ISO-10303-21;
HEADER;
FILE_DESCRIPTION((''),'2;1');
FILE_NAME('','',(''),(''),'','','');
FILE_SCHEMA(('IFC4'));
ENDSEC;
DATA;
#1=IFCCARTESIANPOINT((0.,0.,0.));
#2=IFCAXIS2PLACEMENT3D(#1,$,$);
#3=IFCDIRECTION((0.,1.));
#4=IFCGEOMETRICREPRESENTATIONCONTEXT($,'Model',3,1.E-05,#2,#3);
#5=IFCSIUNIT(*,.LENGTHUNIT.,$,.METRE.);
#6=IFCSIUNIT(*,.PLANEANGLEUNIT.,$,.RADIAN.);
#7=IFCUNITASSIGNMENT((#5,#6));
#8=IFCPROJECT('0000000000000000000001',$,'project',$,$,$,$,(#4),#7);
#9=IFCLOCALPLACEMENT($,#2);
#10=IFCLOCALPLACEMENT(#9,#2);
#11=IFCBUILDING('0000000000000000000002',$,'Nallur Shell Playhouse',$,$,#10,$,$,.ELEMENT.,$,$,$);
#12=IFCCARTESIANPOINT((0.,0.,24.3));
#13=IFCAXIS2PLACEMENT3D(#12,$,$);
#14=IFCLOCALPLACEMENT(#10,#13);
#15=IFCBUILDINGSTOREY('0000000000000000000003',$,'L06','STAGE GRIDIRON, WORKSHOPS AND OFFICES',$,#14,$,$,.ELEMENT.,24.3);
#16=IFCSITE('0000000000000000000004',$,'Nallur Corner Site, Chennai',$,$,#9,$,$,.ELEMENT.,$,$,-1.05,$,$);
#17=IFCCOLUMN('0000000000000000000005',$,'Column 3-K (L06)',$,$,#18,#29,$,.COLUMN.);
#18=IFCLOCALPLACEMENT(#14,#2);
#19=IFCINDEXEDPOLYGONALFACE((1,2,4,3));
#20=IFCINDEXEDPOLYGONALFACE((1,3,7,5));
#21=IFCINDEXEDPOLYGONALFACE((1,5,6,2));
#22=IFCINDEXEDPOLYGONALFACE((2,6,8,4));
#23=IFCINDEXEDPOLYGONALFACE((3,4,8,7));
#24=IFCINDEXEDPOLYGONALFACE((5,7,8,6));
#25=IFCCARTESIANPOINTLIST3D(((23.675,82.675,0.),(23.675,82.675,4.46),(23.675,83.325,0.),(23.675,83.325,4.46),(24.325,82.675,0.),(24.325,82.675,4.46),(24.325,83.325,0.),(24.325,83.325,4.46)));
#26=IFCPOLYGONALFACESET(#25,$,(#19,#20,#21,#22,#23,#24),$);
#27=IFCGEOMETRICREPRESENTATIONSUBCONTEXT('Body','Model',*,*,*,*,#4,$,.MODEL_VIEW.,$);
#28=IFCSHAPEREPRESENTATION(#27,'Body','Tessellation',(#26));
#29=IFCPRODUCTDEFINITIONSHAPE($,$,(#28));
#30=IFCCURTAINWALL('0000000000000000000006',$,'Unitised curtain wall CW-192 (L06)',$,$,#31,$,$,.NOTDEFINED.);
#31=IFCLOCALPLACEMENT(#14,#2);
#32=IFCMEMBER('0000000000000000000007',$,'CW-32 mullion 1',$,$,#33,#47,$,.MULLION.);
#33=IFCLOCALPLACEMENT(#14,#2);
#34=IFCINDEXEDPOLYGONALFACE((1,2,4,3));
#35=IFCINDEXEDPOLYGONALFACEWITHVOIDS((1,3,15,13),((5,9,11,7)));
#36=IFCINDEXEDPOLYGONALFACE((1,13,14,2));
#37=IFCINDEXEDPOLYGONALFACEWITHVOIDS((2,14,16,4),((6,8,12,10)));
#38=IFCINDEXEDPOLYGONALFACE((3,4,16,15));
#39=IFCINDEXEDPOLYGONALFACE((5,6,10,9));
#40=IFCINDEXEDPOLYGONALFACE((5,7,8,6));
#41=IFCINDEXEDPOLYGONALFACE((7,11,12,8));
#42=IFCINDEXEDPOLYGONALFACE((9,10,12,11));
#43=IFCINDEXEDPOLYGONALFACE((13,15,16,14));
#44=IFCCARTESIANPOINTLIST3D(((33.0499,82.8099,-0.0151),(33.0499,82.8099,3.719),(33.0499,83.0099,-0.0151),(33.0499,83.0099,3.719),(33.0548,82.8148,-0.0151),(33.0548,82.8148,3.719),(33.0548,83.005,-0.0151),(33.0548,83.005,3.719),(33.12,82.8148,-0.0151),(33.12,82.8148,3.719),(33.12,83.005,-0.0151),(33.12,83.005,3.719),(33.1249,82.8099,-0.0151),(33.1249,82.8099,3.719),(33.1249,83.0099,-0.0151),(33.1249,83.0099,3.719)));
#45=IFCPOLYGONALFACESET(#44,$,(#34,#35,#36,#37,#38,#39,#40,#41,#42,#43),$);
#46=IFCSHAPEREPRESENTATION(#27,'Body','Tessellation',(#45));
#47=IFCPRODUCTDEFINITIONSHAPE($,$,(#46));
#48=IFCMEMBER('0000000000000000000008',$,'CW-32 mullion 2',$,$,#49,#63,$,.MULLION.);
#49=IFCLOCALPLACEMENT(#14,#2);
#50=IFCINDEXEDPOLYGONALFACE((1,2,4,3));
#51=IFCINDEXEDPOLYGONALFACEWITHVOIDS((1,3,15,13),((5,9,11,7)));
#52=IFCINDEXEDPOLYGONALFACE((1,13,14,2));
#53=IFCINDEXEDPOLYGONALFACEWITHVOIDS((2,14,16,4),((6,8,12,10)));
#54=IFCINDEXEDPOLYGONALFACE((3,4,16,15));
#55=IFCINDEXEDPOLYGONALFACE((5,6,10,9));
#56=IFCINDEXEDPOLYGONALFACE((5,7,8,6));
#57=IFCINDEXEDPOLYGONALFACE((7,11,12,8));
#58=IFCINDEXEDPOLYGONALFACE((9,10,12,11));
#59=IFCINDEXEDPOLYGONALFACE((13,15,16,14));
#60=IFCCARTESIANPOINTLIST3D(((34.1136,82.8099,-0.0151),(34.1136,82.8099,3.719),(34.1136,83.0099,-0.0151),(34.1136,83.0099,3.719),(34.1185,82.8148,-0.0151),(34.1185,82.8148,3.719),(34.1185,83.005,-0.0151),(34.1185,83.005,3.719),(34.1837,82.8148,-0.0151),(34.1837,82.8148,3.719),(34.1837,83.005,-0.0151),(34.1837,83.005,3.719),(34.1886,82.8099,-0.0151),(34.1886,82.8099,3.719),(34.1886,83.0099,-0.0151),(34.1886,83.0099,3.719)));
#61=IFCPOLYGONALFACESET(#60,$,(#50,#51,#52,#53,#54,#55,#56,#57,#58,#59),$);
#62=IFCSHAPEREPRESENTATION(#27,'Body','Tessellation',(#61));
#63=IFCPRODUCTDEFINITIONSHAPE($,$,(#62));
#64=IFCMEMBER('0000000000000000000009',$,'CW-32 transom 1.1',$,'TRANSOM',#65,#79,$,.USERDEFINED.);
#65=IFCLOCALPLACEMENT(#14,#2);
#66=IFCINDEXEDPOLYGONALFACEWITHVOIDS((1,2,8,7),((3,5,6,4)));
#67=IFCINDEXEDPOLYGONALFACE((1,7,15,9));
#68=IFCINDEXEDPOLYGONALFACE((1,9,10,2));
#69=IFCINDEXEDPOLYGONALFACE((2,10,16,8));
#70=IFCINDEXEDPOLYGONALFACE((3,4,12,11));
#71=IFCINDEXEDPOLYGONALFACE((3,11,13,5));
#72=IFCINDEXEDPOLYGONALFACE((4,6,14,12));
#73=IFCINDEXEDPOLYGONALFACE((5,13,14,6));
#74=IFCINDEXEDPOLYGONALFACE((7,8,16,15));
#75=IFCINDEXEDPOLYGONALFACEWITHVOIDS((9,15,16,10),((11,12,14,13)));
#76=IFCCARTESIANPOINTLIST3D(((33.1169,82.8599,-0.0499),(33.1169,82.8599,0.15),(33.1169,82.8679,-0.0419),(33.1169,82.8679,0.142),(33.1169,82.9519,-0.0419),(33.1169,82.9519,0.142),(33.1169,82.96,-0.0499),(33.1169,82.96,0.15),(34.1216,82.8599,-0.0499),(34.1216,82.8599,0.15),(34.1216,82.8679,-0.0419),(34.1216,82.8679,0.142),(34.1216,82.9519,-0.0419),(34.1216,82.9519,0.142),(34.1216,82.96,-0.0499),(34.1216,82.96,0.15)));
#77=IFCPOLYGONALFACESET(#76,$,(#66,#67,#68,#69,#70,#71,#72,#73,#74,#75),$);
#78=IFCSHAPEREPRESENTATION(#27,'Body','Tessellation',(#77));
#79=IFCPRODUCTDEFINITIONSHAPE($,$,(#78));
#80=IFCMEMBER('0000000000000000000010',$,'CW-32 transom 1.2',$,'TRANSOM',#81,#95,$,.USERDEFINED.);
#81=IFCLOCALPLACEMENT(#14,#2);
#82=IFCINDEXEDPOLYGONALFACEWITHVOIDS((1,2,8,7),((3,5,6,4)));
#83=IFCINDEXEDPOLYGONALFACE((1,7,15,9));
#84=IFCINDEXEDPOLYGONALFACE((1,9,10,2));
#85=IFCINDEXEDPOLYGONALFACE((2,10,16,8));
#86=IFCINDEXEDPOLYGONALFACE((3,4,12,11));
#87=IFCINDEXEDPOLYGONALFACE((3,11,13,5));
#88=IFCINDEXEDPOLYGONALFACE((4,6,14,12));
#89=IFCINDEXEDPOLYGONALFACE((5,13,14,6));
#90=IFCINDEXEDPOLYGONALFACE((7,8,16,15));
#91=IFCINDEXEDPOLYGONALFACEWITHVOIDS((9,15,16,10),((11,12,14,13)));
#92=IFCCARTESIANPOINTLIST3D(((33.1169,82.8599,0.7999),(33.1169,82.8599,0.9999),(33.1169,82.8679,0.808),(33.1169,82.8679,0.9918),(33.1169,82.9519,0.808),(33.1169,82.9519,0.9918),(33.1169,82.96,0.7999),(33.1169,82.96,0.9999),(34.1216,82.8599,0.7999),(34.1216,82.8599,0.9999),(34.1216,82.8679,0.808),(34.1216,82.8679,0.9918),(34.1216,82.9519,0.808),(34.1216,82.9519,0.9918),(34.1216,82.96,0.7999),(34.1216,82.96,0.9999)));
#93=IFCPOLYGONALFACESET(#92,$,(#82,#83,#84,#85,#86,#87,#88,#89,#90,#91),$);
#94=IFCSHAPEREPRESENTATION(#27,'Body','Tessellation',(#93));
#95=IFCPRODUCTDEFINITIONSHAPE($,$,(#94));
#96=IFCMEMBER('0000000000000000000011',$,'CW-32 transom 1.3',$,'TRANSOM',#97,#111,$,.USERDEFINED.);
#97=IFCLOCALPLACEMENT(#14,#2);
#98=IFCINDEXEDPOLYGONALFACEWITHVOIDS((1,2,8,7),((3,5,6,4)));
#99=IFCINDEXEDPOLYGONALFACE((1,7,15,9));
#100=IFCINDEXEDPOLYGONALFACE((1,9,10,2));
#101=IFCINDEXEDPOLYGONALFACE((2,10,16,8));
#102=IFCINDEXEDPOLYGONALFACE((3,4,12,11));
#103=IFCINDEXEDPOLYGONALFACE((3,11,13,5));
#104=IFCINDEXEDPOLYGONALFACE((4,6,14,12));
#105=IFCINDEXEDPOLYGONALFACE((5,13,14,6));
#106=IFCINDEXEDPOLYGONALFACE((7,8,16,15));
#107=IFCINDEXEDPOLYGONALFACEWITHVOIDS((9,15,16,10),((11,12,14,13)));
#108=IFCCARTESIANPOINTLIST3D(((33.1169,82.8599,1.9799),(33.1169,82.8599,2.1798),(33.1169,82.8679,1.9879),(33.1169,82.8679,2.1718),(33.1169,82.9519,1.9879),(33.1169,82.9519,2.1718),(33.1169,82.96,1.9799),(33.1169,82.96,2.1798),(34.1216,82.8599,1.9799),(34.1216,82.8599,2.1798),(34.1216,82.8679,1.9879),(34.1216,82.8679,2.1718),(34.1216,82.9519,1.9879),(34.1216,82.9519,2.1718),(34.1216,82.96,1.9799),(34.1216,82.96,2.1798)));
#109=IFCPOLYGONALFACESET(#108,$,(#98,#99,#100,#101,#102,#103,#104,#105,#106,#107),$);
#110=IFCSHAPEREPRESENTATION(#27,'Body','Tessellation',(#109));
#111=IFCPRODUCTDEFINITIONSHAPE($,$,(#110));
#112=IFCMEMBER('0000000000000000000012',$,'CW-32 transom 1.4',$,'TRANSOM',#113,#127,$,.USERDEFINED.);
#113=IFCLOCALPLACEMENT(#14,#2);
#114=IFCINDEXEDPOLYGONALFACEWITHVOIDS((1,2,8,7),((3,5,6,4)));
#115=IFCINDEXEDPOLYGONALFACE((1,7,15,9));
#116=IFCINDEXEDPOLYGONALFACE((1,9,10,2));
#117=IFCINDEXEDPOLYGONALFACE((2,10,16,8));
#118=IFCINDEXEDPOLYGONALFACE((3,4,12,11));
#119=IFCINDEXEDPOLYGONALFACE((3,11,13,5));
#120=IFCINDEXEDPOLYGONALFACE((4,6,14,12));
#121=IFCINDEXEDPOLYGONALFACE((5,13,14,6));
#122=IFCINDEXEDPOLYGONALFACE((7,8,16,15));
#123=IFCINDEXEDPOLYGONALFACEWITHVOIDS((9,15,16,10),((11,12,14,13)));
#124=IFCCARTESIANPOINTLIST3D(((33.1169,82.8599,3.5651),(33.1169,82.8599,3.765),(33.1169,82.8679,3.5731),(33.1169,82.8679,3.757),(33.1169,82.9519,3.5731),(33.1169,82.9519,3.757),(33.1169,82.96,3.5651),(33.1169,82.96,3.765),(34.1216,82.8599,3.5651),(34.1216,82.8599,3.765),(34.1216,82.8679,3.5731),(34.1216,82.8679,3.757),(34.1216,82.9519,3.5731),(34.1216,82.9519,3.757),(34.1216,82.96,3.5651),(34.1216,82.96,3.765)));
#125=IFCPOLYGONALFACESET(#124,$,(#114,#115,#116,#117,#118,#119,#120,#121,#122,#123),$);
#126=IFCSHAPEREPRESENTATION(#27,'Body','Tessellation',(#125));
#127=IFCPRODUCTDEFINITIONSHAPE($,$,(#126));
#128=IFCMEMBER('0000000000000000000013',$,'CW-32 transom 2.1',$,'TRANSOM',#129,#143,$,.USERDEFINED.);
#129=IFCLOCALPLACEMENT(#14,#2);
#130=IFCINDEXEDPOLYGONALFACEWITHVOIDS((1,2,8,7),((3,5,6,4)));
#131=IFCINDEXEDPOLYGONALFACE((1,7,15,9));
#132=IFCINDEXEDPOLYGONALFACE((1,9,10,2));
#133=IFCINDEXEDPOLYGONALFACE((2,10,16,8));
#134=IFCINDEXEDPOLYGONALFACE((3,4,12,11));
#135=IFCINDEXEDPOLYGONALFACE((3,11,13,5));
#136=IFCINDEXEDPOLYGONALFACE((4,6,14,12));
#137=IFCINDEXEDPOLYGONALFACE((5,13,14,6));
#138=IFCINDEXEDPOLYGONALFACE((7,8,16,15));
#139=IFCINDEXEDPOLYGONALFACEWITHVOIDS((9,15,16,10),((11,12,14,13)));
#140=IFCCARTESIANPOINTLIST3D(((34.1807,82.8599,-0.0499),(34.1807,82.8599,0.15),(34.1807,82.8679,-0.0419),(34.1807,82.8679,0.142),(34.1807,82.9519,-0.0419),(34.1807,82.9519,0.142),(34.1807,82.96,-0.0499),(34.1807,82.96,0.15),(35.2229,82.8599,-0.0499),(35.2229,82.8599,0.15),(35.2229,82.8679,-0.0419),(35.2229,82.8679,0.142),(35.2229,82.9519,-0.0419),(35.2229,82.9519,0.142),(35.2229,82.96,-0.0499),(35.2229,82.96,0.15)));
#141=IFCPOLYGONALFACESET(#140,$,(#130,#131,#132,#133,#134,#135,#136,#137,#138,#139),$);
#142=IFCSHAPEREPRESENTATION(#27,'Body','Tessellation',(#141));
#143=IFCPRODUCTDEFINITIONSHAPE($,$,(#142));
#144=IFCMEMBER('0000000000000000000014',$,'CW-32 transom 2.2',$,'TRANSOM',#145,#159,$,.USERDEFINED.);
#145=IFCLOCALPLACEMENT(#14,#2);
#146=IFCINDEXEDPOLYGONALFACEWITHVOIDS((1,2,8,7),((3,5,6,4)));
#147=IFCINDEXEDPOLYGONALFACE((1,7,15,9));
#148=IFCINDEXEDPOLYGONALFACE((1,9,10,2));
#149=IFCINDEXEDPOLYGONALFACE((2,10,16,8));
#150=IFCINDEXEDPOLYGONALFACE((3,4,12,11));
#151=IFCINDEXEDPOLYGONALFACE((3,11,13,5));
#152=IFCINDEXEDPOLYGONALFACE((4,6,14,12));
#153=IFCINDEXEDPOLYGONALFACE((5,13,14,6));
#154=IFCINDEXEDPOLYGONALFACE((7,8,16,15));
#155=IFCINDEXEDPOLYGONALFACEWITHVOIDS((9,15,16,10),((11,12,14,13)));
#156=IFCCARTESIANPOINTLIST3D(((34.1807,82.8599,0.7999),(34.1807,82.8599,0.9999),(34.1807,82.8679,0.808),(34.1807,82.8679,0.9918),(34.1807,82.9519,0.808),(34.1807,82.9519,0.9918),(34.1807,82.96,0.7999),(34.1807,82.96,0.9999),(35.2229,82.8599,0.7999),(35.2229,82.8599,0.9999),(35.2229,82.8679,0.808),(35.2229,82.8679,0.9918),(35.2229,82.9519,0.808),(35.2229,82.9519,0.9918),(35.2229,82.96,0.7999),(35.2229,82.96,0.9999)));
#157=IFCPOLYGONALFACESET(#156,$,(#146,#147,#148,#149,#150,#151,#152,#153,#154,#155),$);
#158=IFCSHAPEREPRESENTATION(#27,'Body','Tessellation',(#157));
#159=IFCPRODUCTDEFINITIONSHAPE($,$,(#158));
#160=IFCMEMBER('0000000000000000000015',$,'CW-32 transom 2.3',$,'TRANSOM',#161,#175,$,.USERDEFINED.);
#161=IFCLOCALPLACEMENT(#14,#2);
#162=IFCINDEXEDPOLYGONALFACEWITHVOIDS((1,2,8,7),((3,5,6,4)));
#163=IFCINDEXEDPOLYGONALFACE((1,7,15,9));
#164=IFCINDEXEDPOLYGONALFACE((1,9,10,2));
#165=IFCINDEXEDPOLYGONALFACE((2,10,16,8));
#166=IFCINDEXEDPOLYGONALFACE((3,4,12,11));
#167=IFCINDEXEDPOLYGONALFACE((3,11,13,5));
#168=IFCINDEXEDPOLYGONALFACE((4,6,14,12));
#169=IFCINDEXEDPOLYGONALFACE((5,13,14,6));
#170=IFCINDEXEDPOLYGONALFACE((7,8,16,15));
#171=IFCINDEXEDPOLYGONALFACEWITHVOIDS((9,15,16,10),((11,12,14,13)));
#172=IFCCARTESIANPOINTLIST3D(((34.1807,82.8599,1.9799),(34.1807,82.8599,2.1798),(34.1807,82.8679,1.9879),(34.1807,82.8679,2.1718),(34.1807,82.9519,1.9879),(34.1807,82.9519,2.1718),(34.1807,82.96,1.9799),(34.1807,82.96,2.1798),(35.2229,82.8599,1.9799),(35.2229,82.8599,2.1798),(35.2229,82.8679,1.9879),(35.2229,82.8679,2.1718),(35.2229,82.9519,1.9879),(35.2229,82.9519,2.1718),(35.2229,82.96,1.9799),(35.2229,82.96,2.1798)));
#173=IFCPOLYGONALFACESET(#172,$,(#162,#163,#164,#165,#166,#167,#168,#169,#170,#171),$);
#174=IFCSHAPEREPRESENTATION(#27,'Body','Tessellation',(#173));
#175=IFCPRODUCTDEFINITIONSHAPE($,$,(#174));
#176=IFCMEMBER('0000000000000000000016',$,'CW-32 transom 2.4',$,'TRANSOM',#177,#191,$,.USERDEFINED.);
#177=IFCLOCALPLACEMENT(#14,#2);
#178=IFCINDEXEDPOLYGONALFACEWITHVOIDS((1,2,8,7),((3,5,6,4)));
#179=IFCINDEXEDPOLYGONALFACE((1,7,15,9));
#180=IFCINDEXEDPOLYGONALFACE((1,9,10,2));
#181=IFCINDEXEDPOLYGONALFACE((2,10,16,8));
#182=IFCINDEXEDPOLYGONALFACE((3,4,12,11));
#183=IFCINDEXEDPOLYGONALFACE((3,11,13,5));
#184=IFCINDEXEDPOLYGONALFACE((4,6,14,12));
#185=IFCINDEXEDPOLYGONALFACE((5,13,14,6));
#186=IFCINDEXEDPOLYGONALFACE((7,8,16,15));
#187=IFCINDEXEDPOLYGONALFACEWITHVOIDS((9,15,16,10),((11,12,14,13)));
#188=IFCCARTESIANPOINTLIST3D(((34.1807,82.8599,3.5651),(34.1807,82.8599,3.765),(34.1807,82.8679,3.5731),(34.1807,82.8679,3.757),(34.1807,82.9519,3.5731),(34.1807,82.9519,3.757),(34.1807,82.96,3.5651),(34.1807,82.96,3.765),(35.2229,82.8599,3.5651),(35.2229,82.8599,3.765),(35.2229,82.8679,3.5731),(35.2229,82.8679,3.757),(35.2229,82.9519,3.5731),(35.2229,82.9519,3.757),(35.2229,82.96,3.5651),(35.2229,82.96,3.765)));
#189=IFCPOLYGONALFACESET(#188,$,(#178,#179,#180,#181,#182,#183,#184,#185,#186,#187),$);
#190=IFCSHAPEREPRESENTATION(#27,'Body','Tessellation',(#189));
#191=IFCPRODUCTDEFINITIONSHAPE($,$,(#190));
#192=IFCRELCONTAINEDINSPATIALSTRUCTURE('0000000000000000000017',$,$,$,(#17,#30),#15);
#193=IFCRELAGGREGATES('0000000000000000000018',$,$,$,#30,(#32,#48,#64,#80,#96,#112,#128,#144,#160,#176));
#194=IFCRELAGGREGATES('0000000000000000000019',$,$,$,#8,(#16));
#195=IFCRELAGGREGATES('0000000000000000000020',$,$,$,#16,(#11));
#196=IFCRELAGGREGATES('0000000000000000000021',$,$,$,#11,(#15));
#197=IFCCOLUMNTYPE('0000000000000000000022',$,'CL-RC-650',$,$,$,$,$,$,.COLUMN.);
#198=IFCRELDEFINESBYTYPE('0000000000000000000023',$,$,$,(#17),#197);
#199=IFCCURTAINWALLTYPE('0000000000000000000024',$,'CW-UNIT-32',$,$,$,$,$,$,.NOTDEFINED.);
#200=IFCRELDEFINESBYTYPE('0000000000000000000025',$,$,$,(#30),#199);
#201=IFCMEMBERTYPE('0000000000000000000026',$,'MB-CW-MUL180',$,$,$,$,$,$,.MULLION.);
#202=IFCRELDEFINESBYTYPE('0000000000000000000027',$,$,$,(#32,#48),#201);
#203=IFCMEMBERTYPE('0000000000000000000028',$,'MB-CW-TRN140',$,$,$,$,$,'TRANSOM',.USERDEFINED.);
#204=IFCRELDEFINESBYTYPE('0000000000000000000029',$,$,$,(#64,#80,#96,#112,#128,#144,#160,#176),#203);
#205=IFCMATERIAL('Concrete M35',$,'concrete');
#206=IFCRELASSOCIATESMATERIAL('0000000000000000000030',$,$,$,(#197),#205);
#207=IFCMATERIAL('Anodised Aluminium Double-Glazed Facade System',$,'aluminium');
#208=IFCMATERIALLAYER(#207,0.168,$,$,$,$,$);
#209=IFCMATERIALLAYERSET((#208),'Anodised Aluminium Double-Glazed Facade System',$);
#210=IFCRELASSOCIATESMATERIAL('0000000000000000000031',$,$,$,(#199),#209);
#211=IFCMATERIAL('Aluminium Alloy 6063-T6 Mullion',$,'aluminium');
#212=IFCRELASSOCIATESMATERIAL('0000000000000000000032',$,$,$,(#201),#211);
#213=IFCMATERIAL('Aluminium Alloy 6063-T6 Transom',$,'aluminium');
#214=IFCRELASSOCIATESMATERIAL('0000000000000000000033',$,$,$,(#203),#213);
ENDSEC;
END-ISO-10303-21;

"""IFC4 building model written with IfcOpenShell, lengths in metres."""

from ifc_helpers import new_model, si_unit, direction, frame, origin, origin_2d, place, context, subcontext, project, spatial, rectangle, hollow_rectangle, extrude, material, layer, layer_set, material_profile, profile_set, type_object, element, aggregate, save


model = new_model("IFC4")

# Units and contexts
model_context = context("Model", 3, precision=1e-05, world=origin(), true_north=direction((0.0, 1.0)))
body_context = subcontext(model_context, "Body", "Model", "MODEL_VIEW")
ifc_project = project(units=[si_unit("LENGTHUNIT", "METRE"), si_unit("PLANEANGLEUNIT", "RADIAN")], contexts=[model_context])

# Site, building, storey
site_placement = place(None, origin())
site = spatial("IfcSite", under=ifc_project, at=site_placement, Name="Nallur Corner Site, Chennai", CompositionType="ELEMENT", RefElevation=-1.05)
building_placement = place(site_placement, origin())
building = spatial("IfcBuilding", under=site, at=building_placement, Name="Nallur Shell Playhouse", CompositionType="ELEMENT")
storey_placement = place(building_placement, frame((0.0, 0.0, 24.3)))
storey = spatial("IfcBuildingStorey", under=building, at=storey_placement, Name="L06", Description="STAGE GRIDIRON, WORKSHOPS AND OFFICES", CompositionType="ELEMENT", Elevation=24.3)

# Column
ifc_material_1 = material(Name="Concrete M35", Category="concrete")
ifc_material_profile_1 = material_profile(ifc_material_1, rectangle(XDim=0.6499, YDim=0.6499, at=origin_2d()), Name="RC 650x650")
ifc_profile_set_1 = profile_set([ifc_material_profile_1], Name="Concrete M35")
column_type = type_object("IfcColumnType", Name="CL-RC-650", PredefinedType="COLUMN", material=ifc_profile_set_1)
column_placement = place(storey_placement, frame((24.0, 83.0, 0.0), z_axis=(0.0, 0.0, 1.0), x_axis=(1.0, 0.0, 0.0)))
element("IfcColumn", 1, at=column_placement, inside=storey, type_object=column_type, Name="Column 3-K (L06)", PredefinedType="COLUMN", context=body_context, shape_type="SweptSolid", body=[
    extrude(rectangle(XDim=0.6499, YDim=0.6499, at=origin_2d()), origin(), (0.0, 0.0, 1.0), 4.46),
])

# Curtain wall, members
ifc_material_2 = material(Name="Anodised Aluminium Double-Glazed Facade System", Category="aluminium")
ifc_layer_1 = layer(ifc_material_2, 0.168)
ifc_layer_set_1 = layer_set([ifc_layer_1], Name="Anodised Aluminium Double-Glazed Facade System")
curtain_wall_type = type_object("IfcCurtainWallType", Name="CW-UNIT-32", PredefinedType="NOTDEFINED", material=ifc_layer_set_1)
curtain_wall_placement = place(storey_placement, origin())
curtain_wall = element("IfcCurtainWall", 2, at=curtain_wall_placement, inside=storey, type_object=curtain_wall_type, Name="Unitised curtain wall CW-192 (L06)", PredefinedType="NOTDEFINED")
ifc_material_3 = material(Name="Aluminium Alloy 6063-T6 Mullion", Category="aluminium")
ifc_material_profile_2 = material_profile(ifc_material_3, hollow_rectangle(XDim=0.075, YDim=0.2, WallThickness=0.0049, at=origin_2d()), Name="ALU 75x200x5")
ifc_profile_set_2 = profile_set([ifc_material_profile_2], Name="Aluminium Alloy 6063-T6 Mullion")
member_type_1 = type_object("IfcMemberType", Name="MB-CW-MUL180", PredefinedType="MULLION", material=ifc_profile_set_2)
member_1_placement = place(storey_placement, frame((33.0874, 82.9099, -0.0151), z_axis=(0.0, 0.0, 1.0), x_axis=(1.0, 0.0, 0.0)))
member_1 = element("IfcMember", 3, at=member_1_placement, type_object=member_type_1, Name="CW-32 mullion 1", PredefinedType="MULLION", context=body_context, shape_type="SweptSolid", body=[
    extrude(hollow_rectangle(XDim=0.075, YDim=0.2, WallThickness=0.0049, at=origin_2d()), origin(), (0.0, 0.0, 1.0), 3.7341),
])
member_2_placement = place(storey_placement, frame((34.1511, 82.9099, -0.0151), z_axis=(0.0, 0.0, 1.0), x_axis=(1.0, 0.0, 0.0)))
member_2 = element("IfcMember", 4, at=member_2_placement, type_object=member_type_1, Name="CW-32 mullion 2", PredefinedType="MULLION", context=body_context, shape_type="SweptSolid", body=[
    extrude(hollow_rectangle(XDim=0.075, YDim=0.2, WallThickness=0.0049, at=origin_2d()), origin(), (0.0, 0.0, 1.0), 3.7341),
])
ifc_material_4 = material(Name="Aluminium Alloy 6063-T6 Transom", Category="aluminium")
ifc_material_profile_3 = material_profile(ifc_material_4, hollow_rectangle(XDim=0.1001, YDim=0.2, WallThickness=0.0081, at=origin_2d()), Name="RHS 200x100x8")
ifc_profile_set_3 = profile_set([ifc_material_profile_3], Name="Aluminium Alloy 6063-T6 Transom")
member_type_2 = type_object("IfcMemberType", Name="MB-CW-TRN140", ElementType="TRANSOM", PredefinedType="USERDEFINED", material=ifc_profile_set_3)
member_3_placement = place(storey_placement, frame((33.1169, 82.9099, 0.05), z_axis=(1.0, 0.0, 0.0), x_axis=(0.0, 1.0, 0.0)))
member_3 = element("IfcMember", 5, at=member_3_placement, type_object=member_type_2, Name="CW-32 transom 1.1", ObjectType="TRANSOM", PredefinedType="USERDEFINED", context=body_context, shape_type="SweptSolid", body=[
    extrude(hollow_rectangle(XDim=0.1001, YDim=0.2, WallThickness=0.0081, at=origin_2d()), origin(), (0.0, 0.0, 1.0), 1.0046),
])
member_4_placement = place(storey_placement, frame((33.1169, 82.9099, 0.8999), z_axis=(1.0, 0.0, 0.0), x_axis=(0.0, 1.0, 0.0)))
member_4 = element("IfcMember", 6, at=member_4_placement, type_object=member_type_2, Name="CW-32 transom 1.2", ObjectType="TRANSOM", PredefinedType="USERDEFINED", context=body_context, shape_type="SweptSolid", body=[
    extrude(hollow_rectangle(XDim=0.1001, YDim=0.2, WallThickness=0.0081, at=origin_2d()), origin(), (0.0, 0.0, 1.0), 1.0046),
])
member_5_placement = place(storey_placement, frame((33.1169, 82.9099, 2.0798), z_axis=(1.0, 0.0, 0.0), x_axis=(0.0, 1.0, 0.0)))
member_5 = element("IfcMember", 7, at=member_5_placement, type_object=member_type_2, Name="CW-32 transom 1.3", ObjectType="TRANSOM", PredefinedType="USERDEFINED", context=body_context, shape_type="SweptSolid", body=[
    extrude(hollow_rectangle(XDim=0.1001, YDim=0.2, WallThickness=0.0081, at=origin_2d()), origin(), (0.0, 0.0, 1.0), 1.0046),
])
member_6_placement = place(storey_placement, frame((33.1169, 82.9099, 3.665), z_axis=(1.0, 0.0, 0.0), x_axis=(0.0, 1.0, 0.0)))
member_6 = element("IfcMember", 8, at=member_6_placement, type_object=member_type_2, Name="CW-32 transom 1.4", ObjectType="TRANSOM", PredefinedType="USERDEFINED", context=body_context, shape_type="SweptSolid", body=[
    extrude(hollow_rectangle(XDim=0.1001, YDim=0.2, WallThickness=0.0081, at=origin_2d()), origin(), (0.0, 0.0, 1.0), 1.0046),
])
member_7_placement = place(storey_placement, frame((34.1807, 82.9099, 0.05), z_axis=(1.0, 0.0, 0.0), x_axis=(0.0, 1.0, 0.0)))
member_7 = element("IfcMember", 9, at=member_7_placement, type_object=member_type_2, Name="CW-32 transom 2.1", ObjectType="TRANSOM", PredefinedType="USERDEFINED", context=body_context, shape_type="SweptSolid", body=[
    extrude(hollow_rectangle(XDim=0.1001, YDim=0.2, WallThickness=0.0081, at=origin_2d()), origin(), (0.0, 0.0, 1.0), 1.0422),
])
member_8_placement = place(storey_placement, frame((34.1807, 82.9099, 0.8999), z_axis=(1.0, 0.0, 0.0), x_axis=(0.0, 1.0, 0.0)))
member_8 = element("IfcMember", 10, at=member_8_placement, type_object=member_type_2, Name="CW-32 transom 2.2", ObjectType="TRANSOM", PredefinedType="USERDEFINED", context=body_context, shape_type="SweptSolid", body=[
    extrude(hollow_rectangle(XDim=0.1001, YDim=0.2, WallThickness=0.0081, at=origin_2d()), origin(), (0.0, 0.0, 1.0), 1.0422),
])
member_9_placement = place(storey_placement, frame((34.1807, 82.9099, 2.0798), z_axis=(1.0, 0.0, 0.0), x_axis=(0.0, 1.0, 0.0)))
member_9 = element("IfcMember", 11, at=member_9_placement, type_object=member_type_2, Name="CW-32 transom 2.3", ObjectType="TRANSOM", PredefinedType="USERDEFINED", context=body_context, shape_type="SweptSolid", body=[
    extrude(hollow_rectangle(XDim=0.1001, YDim=0.2, WallThickness=0.0081, at=origin_2d()), origin(), (0.0, 0.0, 1.0), 1.0422),
])
member_10_placement = place(storey_placement, frame((34.1807, 82.9099, 3.665), z_axis=(1.0, 0.0, 0.0), x_axis=(0.0, 1.0, 0.0)))
member_10 = element("IfcMember", 12, at=member_10_placement, type_object=member_type_2, Name="CW-32 transom 2.4", ObjectType="TRANSOM", PredefinedType="USERDEFINED", context=body_context, shape_type="SweptSolid", body=[
    extrude(hollow_rectangle(XDim=0.1001, YDim=0.2, WallThickness=0.0081, at=origin_2d()), origin(), (0.0, 0.0, 1.0), 1.0422),
])
aggregate(curtain_wall, [member_1, member_2, member_3, member_4, member_5, member_6, member_7, member_8, member_9, member_10])

save(model, "model.ifc")
